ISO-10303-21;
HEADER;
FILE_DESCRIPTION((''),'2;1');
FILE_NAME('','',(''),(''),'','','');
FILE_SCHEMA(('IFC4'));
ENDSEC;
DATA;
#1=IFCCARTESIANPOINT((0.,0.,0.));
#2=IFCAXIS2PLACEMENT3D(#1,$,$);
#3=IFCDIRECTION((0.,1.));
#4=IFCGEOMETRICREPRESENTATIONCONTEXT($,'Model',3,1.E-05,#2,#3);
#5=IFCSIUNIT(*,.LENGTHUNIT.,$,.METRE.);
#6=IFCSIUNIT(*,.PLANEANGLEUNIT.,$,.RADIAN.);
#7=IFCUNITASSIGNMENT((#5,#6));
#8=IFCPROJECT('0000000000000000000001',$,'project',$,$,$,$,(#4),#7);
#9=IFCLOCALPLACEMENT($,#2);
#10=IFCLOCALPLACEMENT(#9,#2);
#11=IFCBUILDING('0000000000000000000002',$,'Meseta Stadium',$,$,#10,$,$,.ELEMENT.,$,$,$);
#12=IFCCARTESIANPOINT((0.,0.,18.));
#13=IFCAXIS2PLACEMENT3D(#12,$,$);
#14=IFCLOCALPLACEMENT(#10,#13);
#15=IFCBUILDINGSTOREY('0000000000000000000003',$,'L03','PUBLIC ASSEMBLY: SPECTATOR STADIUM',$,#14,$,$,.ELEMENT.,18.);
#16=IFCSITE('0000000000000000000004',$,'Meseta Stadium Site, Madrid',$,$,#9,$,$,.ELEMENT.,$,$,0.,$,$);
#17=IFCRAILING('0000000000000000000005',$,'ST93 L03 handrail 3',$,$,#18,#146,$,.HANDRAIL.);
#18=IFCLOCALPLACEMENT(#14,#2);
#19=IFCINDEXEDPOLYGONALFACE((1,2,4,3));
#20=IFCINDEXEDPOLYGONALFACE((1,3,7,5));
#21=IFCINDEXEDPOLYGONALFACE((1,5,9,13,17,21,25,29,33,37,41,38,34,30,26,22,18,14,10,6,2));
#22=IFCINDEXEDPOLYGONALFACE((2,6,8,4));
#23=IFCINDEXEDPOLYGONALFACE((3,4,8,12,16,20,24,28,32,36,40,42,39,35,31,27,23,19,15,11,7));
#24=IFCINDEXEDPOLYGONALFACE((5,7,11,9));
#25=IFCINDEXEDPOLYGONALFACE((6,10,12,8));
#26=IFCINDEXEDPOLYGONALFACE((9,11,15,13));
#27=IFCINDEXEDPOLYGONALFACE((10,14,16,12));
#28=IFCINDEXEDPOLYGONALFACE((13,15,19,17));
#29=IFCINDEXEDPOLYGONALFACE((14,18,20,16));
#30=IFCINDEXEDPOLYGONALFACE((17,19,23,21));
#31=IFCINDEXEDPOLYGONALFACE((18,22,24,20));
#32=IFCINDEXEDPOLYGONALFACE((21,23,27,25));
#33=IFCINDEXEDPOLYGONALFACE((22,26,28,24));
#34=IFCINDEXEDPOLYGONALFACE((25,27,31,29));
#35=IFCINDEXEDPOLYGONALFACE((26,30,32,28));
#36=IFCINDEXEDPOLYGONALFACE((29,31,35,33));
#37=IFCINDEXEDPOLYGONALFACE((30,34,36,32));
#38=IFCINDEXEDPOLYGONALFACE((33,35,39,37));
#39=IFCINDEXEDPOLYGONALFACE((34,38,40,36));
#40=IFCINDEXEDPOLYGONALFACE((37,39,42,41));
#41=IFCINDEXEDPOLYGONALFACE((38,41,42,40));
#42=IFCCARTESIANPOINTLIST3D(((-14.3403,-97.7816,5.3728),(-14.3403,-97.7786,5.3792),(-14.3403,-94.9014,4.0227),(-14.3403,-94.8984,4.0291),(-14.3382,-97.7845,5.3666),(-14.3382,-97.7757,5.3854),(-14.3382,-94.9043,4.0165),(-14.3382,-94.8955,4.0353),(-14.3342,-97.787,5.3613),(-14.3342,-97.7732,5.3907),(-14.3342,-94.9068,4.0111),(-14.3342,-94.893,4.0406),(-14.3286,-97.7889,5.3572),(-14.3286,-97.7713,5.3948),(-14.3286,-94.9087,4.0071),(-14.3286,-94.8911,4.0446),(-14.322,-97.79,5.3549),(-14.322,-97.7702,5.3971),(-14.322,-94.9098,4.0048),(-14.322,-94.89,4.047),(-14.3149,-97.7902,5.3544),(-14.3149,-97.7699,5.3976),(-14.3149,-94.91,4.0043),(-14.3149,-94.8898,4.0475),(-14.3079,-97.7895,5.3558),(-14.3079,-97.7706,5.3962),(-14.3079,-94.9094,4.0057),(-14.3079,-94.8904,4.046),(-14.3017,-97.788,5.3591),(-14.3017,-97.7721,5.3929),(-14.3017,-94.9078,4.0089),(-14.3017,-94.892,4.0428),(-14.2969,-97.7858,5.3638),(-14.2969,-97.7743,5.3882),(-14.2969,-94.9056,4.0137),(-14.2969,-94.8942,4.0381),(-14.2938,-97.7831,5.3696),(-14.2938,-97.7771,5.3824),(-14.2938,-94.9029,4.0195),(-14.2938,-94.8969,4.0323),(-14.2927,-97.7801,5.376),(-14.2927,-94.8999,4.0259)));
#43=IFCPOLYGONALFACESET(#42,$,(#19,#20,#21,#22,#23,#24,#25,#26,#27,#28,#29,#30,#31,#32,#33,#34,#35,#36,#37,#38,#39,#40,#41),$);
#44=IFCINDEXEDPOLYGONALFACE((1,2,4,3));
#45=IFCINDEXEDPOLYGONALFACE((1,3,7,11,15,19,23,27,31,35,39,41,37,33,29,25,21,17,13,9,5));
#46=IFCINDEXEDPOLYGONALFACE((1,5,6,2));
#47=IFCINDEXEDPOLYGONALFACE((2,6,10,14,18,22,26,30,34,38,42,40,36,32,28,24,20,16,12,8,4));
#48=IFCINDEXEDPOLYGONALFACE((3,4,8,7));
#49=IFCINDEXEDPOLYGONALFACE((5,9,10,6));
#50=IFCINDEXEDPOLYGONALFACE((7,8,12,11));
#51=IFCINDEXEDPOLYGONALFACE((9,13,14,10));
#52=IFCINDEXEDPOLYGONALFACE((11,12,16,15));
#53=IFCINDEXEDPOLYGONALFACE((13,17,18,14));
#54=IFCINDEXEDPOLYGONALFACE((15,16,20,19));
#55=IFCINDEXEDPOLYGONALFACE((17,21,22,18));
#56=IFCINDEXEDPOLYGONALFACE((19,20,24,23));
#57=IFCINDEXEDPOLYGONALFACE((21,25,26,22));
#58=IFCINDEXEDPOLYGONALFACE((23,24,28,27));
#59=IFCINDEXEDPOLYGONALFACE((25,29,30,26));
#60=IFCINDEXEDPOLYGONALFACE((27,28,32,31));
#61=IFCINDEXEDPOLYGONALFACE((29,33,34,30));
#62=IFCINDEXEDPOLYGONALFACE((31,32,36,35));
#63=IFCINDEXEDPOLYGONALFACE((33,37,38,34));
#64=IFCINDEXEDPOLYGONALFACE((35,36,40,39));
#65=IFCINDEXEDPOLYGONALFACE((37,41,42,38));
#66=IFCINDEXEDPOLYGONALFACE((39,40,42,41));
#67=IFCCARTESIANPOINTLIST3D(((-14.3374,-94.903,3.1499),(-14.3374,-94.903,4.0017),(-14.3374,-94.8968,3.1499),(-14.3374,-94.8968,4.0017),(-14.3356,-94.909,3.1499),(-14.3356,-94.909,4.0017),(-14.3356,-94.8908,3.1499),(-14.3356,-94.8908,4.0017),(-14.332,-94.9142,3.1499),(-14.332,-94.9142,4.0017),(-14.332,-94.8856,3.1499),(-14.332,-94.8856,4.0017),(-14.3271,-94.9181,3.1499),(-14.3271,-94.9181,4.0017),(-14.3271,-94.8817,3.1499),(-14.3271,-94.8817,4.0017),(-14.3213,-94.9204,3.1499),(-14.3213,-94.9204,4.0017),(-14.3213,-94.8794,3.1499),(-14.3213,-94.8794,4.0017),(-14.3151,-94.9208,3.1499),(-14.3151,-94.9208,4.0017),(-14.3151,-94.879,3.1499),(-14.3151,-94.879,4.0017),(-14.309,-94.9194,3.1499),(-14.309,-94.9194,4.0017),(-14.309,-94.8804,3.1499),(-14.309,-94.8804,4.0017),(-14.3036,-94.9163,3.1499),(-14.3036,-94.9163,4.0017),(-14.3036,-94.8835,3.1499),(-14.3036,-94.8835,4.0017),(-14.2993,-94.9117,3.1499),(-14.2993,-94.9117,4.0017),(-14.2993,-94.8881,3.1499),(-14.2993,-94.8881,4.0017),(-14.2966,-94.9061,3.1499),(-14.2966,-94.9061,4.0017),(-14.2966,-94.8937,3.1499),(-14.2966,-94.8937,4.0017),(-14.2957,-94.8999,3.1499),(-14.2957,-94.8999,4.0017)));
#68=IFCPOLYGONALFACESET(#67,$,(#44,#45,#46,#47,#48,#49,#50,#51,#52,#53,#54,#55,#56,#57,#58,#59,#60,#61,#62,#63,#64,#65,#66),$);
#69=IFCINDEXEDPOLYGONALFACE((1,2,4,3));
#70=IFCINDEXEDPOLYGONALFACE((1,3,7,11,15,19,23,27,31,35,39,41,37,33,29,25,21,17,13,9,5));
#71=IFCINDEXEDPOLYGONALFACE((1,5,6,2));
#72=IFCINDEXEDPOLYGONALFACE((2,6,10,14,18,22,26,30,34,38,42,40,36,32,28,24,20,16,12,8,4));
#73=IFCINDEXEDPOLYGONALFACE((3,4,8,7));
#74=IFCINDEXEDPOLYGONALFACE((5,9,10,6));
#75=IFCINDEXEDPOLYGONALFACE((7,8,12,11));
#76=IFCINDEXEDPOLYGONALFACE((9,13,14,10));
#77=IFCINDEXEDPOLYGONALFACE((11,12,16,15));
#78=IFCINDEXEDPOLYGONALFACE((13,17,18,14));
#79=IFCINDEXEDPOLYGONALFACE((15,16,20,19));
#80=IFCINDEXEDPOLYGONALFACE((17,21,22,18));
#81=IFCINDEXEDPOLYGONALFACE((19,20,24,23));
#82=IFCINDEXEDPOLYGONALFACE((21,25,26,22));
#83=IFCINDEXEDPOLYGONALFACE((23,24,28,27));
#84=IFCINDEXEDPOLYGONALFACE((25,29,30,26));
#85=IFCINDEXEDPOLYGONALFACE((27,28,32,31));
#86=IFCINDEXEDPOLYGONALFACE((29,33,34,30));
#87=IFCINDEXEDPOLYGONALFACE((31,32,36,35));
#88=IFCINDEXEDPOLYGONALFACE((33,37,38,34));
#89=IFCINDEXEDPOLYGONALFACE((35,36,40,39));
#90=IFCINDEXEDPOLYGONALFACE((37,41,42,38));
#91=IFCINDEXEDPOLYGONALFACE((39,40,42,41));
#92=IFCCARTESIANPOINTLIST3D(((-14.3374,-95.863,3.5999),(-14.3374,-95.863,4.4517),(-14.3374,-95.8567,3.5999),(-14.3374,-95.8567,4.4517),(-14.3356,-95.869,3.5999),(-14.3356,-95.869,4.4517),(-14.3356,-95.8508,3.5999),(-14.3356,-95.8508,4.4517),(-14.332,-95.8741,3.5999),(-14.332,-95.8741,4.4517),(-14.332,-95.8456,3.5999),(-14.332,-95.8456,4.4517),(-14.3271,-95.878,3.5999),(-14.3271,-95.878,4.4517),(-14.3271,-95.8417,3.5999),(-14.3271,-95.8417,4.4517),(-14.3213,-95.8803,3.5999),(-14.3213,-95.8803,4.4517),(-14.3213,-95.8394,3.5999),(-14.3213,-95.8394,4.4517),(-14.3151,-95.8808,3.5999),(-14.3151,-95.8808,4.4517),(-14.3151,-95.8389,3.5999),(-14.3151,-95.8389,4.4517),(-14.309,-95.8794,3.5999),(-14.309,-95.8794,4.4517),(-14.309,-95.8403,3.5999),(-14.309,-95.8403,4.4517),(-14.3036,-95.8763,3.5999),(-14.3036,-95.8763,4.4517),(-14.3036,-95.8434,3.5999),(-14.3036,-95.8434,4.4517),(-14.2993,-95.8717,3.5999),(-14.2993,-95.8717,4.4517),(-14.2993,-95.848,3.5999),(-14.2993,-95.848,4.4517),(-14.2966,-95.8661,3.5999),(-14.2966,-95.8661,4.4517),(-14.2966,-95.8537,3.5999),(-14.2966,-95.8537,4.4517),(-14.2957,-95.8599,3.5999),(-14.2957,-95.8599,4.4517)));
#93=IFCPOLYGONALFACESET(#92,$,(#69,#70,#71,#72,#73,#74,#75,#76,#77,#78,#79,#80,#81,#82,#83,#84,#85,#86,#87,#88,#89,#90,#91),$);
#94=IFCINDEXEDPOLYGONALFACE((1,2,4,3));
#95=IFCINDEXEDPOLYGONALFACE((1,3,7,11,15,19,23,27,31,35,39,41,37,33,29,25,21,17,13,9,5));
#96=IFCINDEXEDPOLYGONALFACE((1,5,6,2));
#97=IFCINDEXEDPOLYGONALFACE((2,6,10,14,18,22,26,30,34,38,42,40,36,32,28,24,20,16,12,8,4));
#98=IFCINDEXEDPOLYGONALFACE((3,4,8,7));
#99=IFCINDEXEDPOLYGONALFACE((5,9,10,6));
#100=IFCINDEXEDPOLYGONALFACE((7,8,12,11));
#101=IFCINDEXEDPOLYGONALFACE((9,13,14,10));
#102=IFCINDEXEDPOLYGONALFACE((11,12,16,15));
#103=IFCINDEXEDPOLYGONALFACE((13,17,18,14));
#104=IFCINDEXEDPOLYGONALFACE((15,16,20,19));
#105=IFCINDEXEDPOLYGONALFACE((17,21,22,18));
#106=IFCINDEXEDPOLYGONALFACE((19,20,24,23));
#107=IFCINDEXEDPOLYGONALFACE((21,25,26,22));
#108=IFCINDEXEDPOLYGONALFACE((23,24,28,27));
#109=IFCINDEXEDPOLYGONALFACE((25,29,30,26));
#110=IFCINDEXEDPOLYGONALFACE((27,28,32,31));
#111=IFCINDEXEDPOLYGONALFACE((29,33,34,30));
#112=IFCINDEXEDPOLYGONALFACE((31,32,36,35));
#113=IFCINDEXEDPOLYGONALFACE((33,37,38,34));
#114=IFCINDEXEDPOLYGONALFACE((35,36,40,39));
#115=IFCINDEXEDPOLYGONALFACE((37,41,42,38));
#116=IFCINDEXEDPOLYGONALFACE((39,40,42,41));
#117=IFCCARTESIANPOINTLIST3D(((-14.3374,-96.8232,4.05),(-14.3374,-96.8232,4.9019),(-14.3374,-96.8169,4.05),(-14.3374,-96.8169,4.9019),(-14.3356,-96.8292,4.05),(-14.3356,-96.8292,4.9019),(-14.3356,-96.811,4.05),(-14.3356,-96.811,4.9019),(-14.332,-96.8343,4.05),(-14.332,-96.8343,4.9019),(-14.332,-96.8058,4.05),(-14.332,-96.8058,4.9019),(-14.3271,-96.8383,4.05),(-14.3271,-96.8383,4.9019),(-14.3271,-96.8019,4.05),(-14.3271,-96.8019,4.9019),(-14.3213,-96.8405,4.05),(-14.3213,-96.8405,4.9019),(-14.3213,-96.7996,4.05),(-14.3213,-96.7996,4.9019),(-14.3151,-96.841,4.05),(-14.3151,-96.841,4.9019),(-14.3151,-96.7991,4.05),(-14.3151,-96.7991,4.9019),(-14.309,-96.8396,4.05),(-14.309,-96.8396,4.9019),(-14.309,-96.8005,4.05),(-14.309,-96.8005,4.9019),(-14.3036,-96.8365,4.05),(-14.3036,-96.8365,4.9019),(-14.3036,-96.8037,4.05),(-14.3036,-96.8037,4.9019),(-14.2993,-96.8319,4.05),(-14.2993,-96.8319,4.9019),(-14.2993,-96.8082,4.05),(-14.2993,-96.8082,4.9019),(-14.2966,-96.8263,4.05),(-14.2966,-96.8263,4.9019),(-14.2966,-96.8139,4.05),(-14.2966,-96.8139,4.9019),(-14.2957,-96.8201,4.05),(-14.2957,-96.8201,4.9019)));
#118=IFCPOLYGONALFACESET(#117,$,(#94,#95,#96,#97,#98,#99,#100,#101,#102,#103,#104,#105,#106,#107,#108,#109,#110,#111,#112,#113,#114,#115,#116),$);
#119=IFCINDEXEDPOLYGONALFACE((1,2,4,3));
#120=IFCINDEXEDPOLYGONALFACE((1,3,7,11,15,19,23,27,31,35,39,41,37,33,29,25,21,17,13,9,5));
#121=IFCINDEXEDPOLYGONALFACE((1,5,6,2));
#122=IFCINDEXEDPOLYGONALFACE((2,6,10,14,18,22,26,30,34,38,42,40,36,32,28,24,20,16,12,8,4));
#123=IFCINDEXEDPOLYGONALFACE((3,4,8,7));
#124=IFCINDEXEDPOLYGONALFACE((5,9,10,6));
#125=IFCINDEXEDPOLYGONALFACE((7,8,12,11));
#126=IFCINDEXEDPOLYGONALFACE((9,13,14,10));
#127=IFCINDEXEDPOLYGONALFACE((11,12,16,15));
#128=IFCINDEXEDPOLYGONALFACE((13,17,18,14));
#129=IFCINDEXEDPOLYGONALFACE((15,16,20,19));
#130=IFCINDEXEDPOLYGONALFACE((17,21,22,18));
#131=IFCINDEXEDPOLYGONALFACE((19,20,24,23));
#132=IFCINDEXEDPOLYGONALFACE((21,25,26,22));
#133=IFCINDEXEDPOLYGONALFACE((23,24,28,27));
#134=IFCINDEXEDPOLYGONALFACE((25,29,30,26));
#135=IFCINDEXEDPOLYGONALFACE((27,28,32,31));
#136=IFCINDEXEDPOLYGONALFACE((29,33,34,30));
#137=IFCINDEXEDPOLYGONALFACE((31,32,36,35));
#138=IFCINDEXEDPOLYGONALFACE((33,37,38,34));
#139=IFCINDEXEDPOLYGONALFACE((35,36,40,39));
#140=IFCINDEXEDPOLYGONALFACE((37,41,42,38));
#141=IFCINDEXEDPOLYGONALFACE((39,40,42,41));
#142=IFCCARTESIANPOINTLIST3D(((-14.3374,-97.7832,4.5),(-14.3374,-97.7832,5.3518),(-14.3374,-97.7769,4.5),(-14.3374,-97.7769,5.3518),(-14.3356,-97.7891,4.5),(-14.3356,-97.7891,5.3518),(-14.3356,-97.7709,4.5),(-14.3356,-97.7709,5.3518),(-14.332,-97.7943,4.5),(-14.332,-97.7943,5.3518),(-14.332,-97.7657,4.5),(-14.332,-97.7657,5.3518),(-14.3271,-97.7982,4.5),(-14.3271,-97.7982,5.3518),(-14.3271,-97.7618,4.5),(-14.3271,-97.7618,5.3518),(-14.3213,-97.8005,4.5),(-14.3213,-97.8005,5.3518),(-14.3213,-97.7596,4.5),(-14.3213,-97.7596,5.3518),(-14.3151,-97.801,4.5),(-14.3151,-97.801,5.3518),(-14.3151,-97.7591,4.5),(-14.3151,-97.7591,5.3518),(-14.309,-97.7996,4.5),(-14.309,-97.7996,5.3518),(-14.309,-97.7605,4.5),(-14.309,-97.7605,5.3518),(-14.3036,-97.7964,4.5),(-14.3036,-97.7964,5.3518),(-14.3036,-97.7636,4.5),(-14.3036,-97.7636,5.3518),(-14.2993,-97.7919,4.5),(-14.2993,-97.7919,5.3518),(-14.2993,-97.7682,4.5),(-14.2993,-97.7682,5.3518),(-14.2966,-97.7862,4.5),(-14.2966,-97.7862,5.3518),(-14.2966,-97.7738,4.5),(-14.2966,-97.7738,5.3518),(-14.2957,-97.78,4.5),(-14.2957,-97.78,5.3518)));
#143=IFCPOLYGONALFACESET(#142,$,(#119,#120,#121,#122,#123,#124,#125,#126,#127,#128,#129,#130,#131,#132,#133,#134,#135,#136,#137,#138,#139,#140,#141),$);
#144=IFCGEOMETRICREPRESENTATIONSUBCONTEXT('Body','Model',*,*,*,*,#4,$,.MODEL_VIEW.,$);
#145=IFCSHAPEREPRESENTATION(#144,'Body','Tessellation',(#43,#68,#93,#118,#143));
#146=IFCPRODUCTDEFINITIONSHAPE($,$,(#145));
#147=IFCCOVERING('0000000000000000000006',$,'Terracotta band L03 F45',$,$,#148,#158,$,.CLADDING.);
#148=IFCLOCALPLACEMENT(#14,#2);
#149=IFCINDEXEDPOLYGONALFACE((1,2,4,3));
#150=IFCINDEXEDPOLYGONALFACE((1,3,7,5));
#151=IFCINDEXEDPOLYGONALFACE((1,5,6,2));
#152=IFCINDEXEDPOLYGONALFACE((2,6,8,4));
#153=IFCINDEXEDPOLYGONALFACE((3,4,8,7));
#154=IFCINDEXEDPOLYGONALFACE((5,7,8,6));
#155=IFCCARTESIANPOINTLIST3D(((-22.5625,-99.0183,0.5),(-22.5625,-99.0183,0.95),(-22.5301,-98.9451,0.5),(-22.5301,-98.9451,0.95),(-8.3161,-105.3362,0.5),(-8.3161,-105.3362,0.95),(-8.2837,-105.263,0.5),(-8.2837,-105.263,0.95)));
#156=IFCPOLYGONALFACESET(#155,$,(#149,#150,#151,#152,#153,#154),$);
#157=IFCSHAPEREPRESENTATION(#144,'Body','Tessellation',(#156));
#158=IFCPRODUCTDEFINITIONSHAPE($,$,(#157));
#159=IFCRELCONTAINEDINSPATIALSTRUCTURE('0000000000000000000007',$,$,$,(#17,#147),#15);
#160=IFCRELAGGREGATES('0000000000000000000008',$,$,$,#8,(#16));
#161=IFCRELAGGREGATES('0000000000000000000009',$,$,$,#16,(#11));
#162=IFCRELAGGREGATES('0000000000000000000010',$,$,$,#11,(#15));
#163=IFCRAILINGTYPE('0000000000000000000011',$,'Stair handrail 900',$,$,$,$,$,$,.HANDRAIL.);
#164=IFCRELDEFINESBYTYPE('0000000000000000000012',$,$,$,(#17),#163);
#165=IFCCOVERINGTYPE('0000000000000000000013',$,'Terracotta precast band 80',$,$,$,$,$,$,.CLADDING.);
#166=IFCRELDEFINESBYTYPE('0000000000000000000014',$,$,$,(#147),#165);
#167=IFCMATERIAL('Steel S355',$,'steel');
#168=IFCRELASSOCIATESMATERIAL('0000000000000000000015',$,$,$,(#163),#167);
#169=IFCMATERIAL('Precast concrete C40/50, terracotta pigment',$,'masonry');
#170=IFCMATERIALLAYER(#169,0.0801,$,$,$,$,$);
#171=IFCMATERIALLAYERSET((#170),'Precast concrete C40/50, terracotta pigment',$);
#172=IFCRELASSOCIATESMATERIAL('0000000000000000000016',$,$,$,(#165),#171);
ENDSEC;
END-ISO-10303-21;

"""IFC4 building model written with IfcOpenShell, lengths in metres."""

from ifc_helpers import new_model, si_unit, direction, frame, origin, origin_2d, place, context, subcontext, project, spatial, rectangle, circle, extrude, material, layer, layer_set, type_object, element, save


model = new_model("IFC4")

# Units and contexts
model_context = context("Model", 3, precision=1e-05, world=origin(), true_north=direction((0.0, 1.0)))
body_context = subcontext(model_context, "Body", "Model", "MODEL_VIEW")
ifc_project = project(units=[si_unit("LENGTHUNIT", "METRE"), si_unit("PLANEANGLEUNIT", "RADIAN")], contexts=[model_context])

# Site, building, storey
site_placement = place(None, origin())
site = spatial("IfcSite", under=ifc_project, at=site_placement, Name="Meseta Stadium Site, Madrid", CompositionType="ELEMENT", RefElevation=0.0)
building_placement = place(site_placement, origin())
building = spatial("IfcBuilding", under=site, at=building_placement, Name="Meseta Stadium", CompositionType="ELEMENT")
storey_placement = place(building_placement, frame((0.0, 0.0, 18.0)))
storey = spatial("IfcBuildingStorey", under=building, at=storey_placement, Name="L03", Description="PUBLIC ASSEMBLY: SPECTATOR STADIUM", CompositionType="ELEMENT", Elevation=18.0)

# Railing
ifc_material_1 = material(Name="Steel S355", Category="steel")
railing_type_1 = type_object("IfcRailingType", Name="Stair handrail 900", PredefinedType="HANDRAIL", material=ifc_material_1)
for number, where, name in (
    (1, (-14.3167, -94.8999, 3.1499), "ST93 L03 handrail 3"),
):
    element("IfcRailing", number, at=place(storey_placement, frame(where)), inside=storey, type_object=railing_type_1, Name=name, PredefinedType="HANDRAIL", context=body_context, shape_type="SweptSolid", body=[
        extrude(circle(Radius=0.0239, at=origin_2d()), frame((0.0, 0.0, 0.876), z_axis=(0.0, -0.905454, 0.424444), x_axis=(1.0, 0.0, 0.0)), (0.0, 0.0, 1.0), 3.1809),
        extrude(circle(Radius=0.021, at=origin_2d()), origin(), (0.0, 0.0, 1.0), 0.8518),
        extrude(circle(Radius=0.021, at=origin_2d()), frame((0.0, -0.96, 0.45)), (0.0, 0.0, 1.0), 0.8518),
        extrude(circle(Radius=0.021, at=origin_2d()), frame((0.0, -1.9202, 0.9001)), (0.0, 0.0, 1.0), 0.8518),
        extrude(circle(Radius=0.021, at=origin_2d()), frame((0.0, -2.8801, 1.3501)), (0.0, 0.0, 1.0), 0.8518),
    ])

# Covering
ifc_material_2 = material(Name="Precast concrete C40/50, terracotta pigment", Category="masonry")
ifc_layer_1 = layer(ifc_material_2, 0.0801)
ifc_layer_set_1 = layer_set([ifc_layer_1], Name="Precast concrete C40/50, terracotta pigment")
covering_type_1 = type_object("IfcCoveringType", Name="Terracotta precast band 80", PredefinedType="CLADDING", material=ifc_layer_set_1)
covering_1_placement = place(storey_placement, frame((-15.4231, -102.1406, 0.5), z_axis=(0.0, 0.0, 1.0), x_axis=(-0.914139, 0.4054, 0.0)))
element("IfcCovering", 2, at=covering_1_placement, inside=storey, type_object=covering_type_1, Name="Terracotta band L03 F45", PredefinedType="CLADDING", context=body_context, shape_type="SweptSolid", body=[
    extrude(rectangle(XDim=15.5845, YDim=0.0801, at=origin_2d()), origin(), (0.0, 0.0, 1.0), 0.45),
])

save(model, "model.ifc")
